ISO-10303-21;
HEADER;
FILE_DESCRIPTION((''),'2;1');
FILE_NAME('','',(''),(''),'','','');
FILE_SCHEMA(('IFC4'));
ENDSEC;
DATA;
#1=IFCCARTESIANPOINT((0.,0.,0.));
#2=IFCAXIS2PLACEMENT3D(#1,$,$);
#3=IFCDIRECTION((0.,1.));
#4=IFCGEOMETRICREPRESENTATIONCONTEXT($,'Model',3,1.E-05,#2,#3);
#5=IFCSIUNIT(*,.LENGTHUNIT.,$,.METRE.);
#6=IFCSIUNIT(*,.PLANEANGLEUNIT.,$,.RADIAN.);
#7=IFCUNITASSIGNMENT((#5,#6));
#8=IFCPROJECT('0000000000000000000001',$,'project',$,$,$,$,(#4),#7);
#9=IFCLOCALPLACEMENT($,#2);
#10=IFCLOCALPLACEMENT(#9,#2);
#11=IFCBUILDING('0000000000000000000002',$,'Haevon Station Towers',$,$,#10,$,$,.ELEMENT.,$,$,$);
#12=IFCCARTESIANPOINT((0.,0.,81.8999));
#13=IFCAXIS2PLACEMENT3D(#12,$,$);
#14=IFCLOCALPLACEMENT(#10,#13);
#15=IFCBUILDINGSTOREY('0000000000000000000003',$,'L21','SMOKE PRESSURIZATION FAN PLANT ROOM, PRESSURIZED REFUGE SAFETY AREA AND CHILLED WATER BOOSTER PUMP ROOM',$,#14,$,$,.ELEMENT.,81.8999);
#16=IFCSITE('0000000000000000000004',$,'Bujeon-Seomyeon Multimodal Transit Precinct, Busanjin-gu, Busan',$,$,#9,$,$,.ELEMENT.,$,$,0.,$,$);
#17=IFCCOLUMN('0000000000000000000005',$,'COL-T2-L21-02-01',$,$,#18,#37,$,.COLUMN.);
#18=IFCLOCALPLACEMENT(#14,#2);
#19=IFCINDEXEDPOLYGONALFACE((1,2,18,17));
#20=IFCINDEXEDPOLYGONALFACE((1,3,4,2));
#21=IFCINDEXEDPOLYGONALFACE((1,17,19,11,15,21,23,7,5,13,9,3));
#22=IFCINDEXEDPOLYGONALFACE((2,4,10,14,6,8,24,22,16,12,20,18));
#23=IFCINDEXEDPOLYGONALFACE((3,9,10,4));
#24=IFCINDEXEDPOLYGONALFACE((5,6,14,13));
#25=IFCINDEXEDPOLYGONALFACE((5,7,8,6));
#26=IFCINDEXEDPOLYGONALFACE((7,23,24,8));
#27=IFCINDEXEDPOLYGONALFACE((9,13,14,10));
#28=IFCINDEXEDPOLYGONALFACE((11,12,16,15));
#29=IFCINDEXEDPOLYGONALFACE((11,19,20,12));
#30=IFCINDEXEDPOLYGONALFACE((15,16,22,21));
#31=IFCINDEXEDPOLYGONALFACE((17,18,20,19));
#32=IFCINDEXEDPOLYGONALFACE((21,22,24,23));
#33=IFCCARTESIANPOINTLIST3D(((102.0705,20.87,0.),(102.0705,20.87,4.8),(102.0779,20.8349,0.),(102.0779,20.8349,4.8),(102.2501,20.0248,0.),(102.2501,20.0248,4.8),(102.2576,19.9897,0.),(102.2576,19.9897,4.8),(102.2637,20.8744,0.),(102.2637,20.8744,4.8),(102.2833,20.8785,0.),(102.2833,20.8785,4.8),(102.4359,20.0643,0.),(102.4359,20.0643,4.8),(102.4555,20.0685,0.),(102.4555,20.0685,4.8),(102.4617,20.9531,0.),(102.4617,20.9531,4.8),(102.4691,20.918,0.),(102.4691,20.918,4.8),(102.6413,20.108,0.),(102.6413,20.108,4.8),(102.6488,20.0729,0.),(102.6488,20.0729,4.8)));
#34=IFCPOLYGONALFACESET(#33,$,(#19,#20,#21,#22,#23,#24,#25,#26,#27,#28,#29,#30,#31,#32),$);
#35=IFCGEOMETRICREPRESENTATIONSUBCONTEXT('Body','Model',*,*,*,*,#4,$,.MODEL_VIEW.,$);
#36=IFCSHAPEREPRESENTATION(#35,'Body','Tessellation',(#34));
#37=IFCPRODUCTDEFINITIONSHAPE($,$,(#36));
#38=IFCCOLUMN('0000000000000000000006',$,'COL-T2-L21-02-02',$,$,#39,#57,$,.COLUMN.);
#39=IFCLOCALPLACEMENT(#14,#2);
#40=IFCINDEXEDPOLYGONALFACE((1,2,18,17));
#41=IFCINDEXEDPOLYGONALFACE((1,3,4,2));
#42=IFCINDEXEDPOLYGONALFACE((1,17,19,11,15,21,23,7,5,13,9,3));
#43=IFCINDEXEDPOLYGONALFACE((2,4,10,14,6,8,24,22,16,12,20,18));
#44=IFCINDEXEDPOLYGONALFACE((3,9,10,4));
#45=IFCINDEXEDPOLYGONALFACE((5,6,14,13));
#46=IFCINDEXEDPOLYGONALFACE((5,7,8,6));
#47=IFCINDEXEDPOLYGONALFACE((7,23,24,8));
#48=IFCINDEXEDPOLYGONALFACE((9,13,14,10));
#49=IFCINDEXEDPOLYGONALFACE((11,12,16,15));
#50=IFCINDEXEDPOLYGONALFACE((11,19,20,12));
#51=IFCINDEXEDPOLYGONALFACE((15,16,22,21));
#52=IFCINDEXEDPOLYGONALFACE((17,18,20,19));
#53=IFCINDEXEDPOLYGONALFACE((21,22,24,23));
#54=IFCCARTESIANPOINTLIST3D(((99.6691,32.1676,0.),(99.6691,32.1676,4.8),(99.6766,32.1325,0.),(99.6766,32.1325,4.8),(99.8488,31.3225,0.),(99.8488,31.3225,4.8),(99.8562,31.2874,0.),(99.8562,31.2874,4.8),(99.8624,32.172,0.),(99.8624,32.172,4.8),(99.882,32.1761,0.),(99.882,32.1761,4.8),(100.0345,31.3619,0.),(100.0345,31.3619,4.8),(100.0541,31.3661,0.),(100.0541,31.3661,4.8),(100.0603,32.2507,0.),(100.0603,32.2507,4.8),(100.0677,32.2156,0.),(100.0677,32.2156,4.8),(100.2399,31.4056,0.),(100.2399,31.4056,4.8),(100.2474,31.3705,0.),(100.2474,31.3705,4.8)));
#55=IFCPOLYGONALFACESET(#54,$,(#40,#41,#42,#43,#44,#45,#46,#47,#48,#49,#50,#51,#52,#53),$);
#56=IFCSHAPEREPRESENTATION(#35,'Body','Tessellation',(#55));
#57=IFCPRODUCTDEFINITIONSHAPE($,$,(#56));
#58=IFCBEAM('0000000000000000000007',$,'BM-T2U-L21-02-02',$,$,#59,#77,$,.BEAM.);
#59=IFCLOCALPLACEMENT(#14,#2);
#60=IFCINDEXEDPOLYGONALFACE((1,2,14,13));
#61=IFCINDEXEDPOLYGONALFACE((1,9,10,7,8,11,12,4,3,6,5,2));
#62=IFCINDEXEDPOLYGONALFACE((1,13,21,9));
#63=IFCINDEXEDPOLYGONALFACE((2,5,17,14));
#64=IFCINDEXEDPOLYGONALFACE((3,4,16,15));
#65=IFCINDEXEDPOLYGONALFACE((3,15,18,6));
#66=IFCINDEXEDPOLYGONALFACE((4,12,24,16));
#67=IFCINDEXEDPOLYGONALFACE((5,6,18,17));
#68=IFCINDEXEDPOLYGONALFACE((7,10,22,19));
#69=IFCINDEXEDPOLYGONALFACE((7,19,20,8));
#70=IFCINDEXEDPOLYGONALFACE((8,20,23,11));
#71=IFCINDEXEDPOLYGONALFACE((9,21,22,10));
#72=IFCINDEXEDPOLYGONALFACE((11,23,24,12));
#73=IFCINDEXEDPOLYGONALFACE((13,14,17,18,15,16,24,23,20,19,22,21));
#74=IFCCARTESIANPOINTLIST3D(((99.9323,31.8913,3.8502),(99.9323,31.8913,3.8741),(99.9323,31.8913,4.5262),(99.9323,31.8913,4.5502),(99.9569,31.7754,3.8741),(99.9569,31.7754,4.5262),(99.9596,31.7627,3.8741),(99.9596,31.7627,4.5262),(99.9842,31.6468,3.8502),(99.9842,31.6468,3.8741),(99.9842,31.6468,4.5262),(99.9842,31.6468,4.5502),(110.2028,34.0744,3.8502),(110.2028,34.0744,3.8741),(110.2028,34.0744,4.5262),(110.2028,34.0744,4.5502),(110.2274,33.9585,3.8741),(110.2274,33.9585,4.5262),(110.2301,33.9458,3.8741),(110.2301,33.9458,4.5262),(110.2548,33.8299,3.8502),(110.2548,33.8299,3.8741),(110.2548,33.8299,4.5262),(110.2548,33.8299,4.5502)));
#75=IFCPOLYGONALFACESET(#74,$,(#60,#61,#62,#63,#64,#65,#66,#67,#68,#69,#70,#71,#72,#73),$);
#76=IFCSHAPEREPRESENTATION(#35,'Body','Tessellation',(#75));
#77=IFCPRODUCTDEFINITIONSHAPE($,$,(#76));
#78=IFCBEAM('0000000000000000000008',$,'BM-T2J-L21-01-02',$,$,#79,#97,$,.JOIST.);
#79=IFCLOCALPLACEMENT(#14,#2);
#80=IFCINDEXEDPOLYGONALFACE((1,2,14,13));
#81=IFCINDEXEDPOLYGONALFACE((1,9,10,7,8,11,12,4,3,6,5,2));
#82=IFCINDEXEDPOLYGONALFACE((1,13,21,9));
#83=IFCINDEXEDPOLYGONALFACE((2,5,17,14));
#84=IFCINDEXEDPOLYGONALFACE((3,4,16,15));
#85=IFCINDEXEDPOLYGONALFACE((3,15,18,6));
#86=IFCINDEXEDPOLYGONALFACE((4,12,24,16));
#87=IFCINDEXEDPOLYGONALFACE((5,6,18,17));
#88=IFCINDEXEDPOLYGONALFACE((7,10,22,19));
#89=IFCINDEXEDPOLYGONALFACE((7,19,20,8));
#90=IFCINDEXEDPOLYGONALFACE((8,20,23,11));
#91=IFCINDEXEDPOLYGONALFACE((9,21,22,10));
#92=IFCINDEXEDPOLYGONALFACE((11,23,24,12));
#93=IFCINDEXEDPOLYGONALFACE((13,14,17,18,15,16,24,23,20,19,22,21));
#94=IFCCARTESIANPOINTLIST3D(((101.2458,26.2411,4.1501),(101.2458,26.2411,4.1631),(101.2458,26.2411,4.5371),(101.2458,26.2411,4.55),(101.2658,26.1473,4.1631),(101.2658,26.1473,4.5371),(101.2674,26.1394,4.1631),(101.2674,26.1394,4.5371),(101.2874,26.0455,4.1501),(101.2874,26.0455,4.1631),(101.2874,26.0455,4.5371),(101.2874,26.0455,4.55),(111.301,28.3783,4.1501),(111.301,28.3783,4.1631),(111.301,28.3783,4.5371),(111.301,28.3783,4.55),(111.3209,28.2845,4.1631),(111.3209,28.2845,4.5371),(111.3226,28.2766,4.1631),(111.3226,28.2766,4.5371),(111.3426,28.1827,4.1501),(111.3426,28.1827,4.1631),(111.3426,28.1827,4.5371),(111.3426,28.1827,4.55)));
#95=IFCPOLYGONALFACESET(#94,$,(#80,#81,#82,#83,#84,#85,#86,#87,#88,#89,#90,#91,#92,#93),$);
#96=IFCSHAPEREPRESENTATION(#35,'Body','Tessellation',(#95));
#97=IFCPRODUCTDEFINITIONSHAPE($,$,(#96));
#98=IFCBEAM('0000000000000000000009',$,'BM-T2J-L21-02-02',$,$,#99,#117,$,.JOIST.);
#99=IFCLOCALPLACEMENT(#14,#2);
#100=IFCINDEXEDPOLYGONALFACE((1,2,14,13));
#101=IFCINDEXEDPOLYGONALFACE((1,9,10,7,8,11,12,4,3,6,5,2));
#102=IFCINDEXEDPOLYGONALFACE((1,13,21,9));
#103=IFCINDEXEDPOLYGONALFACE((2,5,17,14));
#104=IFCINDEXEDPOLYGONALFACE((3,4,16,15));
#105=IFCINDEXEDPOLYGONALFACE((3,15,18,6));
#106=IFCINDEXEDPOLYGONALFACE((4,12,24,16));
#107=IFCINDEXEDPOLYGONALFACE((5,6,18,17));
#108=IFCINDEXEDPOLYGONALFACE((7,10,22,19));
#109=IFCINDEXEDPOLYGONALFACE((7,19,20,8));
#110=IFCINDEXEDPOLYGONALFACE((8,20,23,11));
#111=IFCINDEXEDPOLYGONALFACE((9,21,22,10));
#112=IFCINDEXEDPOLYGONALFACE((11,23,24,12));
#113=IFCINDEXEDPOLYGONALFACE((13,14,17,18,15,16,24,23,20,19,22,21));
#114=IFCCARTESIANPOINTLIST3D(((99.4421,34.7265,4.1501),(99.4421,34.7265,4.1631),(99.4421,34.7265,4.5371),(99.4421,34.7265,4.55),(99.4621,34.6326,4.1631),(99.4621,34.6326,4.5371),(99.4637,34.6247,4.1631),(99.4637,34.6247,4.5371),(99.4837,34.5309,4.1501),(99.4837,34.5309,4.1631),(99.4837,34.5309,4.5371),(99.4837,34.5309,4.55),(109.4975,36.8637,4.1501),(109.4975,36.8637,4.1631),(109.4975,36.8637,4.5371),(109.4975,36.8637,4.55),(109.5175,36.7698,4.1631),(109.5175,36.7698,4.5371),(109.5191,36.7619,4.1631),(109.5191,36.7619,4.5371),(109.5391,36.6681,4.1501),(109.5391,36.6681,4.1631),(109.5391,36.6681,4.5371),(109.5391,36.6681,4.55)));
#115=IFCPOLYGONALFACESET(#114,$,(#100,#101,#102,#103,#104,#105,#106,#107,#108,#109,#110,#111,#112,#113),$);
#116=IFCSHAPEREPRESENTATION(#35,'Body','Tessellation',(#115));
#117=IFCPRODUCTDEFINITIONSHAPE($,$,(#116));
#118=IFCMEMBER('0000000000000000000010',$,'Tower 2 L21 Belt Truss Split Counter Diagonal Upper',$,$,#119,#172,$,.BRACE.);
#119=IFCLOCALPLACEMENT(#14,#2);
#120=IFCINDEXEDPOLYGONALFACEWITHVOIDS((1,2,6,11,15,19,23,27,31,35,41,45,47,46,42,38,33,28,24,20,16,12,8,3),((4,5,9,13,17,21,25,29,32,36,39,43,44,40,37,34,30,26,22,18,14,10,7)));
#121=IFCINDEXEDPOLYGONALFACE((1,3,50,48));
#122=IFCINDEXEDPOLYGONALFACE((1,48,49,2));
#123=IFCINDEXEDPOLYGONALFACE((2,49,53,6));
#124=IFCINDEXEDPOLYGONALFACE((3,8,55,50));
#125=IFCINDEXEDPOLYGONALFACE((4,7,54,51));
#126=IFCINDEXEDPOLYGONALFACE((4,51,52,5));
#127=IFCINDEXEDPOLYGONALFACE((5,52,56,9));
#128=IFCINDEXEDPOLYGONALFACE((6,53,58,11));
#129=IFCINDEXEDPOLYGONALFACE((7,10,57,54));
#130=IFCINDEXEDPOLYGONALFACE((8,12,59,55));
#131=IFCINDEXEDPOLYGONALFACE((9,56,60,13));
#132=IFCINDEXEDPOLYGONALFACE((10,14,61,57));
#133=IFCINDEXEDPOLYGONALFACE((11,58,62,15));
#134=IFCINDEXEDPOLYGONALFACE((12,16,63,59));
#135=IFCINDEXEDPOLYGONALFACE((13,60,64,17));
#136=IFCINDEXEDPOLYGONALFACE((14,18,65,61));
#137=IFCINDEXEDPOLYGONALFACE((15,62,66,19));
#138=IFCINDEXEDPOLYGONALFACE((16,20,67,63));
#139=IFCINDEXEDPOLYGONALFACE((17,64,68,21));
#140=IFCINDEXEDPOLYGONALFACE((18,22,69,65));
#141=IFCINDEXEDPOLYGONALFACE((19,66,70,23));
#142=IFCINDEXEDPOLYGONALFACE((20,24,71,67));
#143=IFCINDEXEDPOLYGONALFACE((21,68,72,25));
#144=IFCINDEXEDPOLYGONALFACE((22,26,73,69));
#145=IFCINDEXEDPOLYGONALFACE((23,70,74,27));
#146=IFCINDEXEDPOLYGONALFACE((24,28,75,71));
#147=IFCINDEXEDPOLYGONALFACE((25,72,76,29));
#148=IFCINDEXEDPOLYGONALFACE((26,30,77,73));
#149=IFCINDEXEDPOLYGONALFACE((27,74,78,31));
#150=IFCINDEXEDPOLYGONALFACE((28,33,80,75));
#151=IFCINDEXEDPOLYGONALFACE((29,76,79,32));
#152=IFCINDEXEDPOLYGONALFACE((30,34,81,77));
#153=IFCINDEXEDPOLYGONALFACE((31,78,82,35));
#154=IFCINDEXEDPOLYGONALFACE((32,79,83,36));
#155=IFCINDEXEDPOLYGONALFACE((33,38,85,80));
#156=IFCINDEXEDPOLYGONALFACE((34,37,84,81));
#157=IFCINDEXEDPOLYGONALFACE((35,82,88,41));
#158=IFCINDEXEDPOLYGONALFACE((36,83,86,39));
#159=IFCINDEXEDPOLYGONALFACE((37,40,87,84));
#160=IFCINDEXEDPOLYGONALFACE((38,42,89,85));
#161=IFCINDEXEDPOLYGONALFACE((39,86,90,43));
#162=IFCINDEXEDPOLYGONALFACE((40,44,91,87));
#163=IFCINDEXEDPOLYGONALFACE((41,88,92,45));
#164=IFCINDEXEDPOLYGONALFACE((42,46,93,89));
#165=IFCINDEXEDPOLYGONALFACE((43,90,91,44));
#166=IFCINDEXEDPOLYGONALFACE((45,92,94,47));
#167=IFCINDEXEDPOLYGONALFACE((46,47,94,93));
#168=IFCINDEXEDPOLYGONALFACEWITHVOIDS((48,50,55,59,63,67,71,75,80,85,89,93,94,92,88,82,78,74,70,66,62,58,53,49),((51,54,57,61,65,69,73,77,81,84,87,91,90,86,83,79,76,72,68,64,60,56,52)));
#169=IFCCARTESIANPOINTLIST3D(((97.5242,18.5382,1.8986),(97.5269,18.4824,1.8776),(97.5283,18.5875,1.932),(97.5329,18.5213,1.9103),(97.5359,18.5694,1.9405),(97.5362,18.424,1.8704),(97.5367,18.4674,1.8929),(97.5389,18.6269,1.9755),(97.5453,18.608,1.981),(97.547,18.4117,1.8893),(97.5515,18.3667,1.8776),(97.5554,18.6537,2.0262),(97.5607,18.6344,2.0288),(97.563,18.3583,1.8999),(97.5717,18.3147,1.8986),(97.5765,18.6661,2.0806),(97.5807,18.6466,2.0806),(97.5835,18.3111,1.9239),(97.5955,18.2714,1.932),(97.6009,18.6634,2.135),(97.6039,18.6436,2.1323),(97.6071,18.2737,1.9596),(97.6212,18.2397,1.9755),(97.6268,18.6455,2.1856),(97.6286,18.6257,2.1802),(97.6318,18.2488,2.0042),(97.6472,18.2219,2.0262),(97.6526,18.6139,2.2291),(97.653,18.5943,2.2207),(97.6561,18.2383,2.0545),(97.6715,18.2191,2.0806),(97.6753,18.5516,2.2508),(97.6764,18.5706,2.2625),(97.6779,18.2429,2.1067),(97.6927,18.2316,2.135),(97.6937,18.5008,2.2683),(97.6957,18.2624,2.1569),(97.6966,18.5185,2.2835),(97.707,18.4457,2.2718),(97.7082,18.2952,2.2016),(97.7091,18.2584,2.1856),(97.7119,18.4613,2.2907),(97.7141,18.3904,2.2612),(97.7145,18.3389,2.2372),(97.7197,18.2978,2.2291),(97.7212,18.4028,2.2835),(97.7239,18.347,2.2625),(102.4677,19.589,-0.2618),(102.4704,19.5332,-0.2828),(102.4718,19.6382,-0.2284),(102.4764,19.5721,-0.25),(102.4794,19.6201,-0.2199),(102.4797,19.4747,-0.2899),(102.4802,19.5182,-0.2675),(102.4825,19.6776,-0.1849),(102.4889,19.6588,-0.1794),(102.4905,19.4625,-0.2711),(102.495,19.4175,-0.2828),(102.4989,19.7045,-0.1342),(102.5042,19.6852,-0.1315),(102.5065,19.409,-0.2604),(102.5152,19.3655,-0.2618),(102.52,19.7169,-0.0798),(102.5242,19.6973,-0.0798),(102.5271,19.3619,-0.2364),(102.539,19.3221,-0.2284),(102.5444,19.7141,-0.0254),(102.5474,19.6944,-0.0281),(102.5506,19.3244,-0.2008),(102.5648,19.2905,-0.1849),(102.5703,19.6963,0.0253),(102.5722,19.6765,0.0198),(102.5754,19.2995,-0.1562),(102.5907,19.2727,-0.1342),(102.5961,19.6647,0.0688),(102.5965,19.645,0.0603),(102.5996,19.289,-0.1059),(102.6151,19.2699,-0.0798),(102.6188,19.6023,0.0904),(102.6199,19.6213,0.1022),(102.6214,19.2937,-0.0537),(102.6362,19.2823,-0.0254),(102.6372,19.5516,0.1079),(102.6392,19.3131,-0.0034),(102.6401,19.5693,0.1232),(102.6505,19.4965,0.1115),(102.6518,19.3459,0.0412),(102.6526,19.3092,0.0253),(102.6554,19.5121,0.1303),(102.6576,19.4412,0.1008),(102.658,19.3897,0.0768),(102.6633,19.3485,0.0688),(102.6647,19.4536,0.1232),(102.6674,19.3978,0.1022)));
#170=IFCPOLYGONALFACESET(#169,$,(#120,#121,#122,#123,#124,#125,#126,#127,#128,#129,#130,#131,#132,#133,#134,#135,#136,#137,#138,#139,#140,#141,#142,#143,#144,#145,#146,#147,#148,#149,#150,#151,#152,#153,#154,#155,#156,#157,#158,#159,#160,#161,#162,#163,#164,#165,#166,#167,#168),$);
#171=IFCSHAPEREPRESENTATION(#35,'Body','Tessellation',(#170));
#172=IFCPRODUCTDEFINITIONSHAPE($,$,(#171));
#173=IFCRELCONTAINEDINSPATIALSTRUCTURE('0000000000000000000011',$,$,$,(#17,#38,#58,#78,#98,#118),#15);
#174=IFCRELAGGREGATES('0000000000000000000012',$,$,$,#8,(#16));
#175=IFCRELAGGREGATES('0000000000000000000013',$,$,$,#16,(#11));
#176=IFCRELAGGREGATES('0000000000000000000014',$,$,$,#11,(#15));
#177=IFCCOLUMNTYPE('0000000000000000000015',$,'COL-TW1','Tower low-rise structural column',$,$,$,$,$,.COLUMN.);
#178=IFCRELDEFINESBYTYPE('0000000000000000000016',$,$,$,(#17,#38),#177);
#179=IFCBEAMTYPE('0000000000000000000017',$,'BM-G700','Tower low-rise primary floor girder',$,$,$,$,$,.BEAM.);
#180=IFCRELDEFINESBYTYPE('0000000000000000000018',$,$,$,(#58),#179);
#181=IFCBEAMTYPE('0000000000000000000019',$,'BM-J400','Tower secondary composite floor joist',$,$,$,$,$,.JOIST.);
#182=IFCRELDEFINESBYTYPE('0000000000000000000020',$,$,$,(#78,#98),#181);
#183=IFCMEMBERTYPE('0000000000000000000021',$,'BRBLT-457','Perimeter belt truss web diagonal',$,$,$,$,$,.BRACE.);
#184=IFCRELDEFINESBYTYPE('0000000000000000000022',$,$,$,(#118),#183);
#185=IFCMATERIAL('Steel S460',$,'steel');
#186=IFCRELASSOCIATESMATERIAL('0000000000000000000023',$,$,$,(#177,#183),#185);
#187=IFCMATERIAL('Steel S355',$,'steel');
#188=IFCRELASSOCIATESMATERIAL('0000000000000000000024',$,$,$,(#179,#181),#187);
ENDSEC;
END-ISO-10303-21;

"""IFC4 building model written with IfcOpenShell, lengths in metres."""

from ifc_helpers import new_model, si_unit, direction, frame, origin, origin_2d, place, context, subcontext, project, spatial, hollow_circle, i_section, extrude, material, material_profile, profile_set, type_object, element, save


model = new_model("IFC4")

# Units and contexts
model_context = context("Model", 3, precision=1e-05, world=origin(), true_north=direction((0.0, 1.0)))
body_context = subcontext(model_context, "Body", "Model", "MODEL_VIEW")
ifc_project = project(units=[si_unit("LENGTHUNIT", "METRE"), si_unit("PLANEANGLEUNIT", "RADIAN")], contexts=[model_context])

# Site, building, storey
site_placement = place(None, origin())
site = spatial("IfcSite", under=ifc_project, at=site_placement, Name="Bujeon-Seomyeon Multimodal Transit Precinct, Busanjin-gu, Busan", CompositionType="ELEMENT", RefElevation=0.0)
building_placement = place(site_placement, origin())
building = spatial("IfcBuilding", under=site, at=building_placement, Name="Haevon Station Towers", CompositionType="ELEMENT")
storey_placement = place(building_placement, frame((0.0, 0.0, 81.8999)))
storey = spatial("IfcBuildingStorey", under=building, at=storey_placement, Name="L21", Description="SMOKE PRESSURIZATION FAN PLANT ROOM, PRESSURIZED REFUGE SAFETY AREA AND CHILLED WATER BOOSTER PUMP ROOM", CompositionType="ELEMENT", Elevation=81.8999)

# Columns
ifc_material_1 = material(Name="Steel S460", Category="steel")
ifc_material_profile_1 = material_profile(ifc_material_1, i_section(OverallWidth=0.3999, OverallDepth=0.8999, WebThickness=0.02, FlangeThickness=0.0359, at=origin_2d()), Name="H-900x400x20x36")
ifc_profile_set_1 = profile_set([ifc_material_profile_1], Name="Steel S460")
column_type = type_object("IfcColumnType", Name="COL-TW1", Description="Tower low-rise structural column", PredefinedType="COLUMN", material=ifc_profile_set_1)
for number, where, z_axis, x_axis, name in (
    (1, (102.3596, 20.4714, 0.0), (0.0, 0.0, 1.0), (0.978148, 0.207912, 0.0), "COL-T2-L21-02-01"),
    (2, (99.9583, 31.769, 0.0), (0.0, 0.0, 1.0), (0.978148, 0.207912, 0.0), "COL-T2-L21-02-02"),
):
    element("IfcColumn", number, at=place(storey_placement, frame(where, z_axis=z_axis, x_axis=x_axis)), inside=storey, type_object=column_type, Name=name, PredefinedType="COLUMN", context=body_context, shape_type="SweptSolid", body=[
        extrude(i_section(OverallWidth=0.3999, OverallDepth=0.8999, WebThickness=0.02, FlangeThickness=0.0359, at=origin_2d()), origin(), (0.0, 0.0, 1.0), 4.8),
    ])

# Beams
ifc_material_2 = material(Name="Steel S355", Category="steel")
ifc_material_profile_2 = material_profile(ifc_material_2, i_section(OverallWidth=0.25, OverallDepth=0.7, WebThickness=0.0129, FlangeThickness=0.0239, at=origin_2d()), Name="H-700x250x13x24")
ifc_profile_set_2 = profile_set([ifc_material_profile_2], Name="Steel S355")
beam_type_1 = type_object("IfcBeamType", Name="BM-G700", Description="Tower low-rise primary floor girder", PredefinedType="BEAM", material=ifc_profile_set_2)
beam_1_placement = place(storey_placement, frame((99.9583, 31.769, 4.2002), z_axis=(0.978147, 0.207915, 0.0), x_axis=(-0.207915, 0.978147, 0.0)))
element("IfcBeam", 3, at=beam_1_placement, inside=storey, type_object=beam_type_1, Name="BM-T2U-L21-02-02", PredefinedType="BEAM", context=body_context, shape_type="SweptSolid", body=[
    extrude(i_section(OverallWidth=0.25, OverallDepth=0.7, WebThickness=0.0129, FlangeThickness=0.0239, at=origin_2d()), origin(), (0.0, 0.0, 1.0), 10.5),
])
ifc_material_profile_3 = material_profile(ifc_material_2, i_section(OverallWidth=0.2, OverallDepth=0.3999, WebThickness=0.0081, FlangeThickness=0.0129, at=origin_2d()), Name="H-400x200x8x13")
ifc_profile_set_3 = profile_set([ifc_material_profile_3], Name="Steel S355")
beam_type_2 = type_object("IfcBeamType", Name="BM-J400", Description="Tower secondary composite floor joist", PredefinedType="JOIST", material=ifc_profile_set_3)
beam_2_placement = place(storey_placement, frame((101.2666, 26.1433, 4.3501), z_axis=(0.978149, 0.207904, 0.0), x_axis=(-0.207904, 0.978149, 0.0)))
element("IfcBeam", 4, at=beam_2_placement, inside=storey, type_object=beam_type_2, Name="BM-T2J-L21-01-02", PredefinedType="JOIST", context=body_context, shape_type="SweptSolid", body=[
    extrude(i_section(OverallWidth=0.2, OverallDepth=0.3999, WebThickness=0.0081, FlangeThickness=0.0129, at=origin_2d()), origin(), (0.0, 0.0, 1.0), 10.2798),
])
beam_3_placement = place(storey_placement, frame((99.4629, 34.6287, 4.3501), z_axis=(0.97815, 0.207899, 0.0), x_axis=(-0.207899, 0.97815, 0.0)))
element("IfcBeam", 5, at=beam_3_placement, inside=storey, type_object=beam_type_2, Name="BM-T2J-L21-02-02", PredefinedType="JOIST", context=body_context, shape_type="SweptSolid", body=[
    extrude(i_section(OverallWidth=0.2, OverallDepth=0.3999, WebThickness=0.0081, FlangeThickness=0.0129, at=origin_2d()), origin(), (0.0, 0.0, 1.0), 10.28),
])

# Member
ifc_material_profile_4 = material_profile(ifc_material_1, hollow_circle(Radius=0.2285, WallThickness=0.02, at=origin_2d()), Name="CHS-457x20")
ifc_profile_set_4 = profile_set([ifc_material_profile_4], Name="Steel S460")
member_type_1 = type_object("IfcMemberType", Name="BRBLT-457", Description="Perimeter belt truss web diagonal", PredefinedType="BRACE", material=ifc_profile_set_4)
member_1_placement = place(storey_placement, frame((97.624, 18.4426, 2.0806), z_axis=(0.899422, 0.191175, -0.393056), x_axis=(-0.207909, 0.978148, 0.0)))
element("IfcMember", 6, at=member_1_placement, inside=storey, type_object=member_type_1, Name="Tower 2 L21 Belt Truss Split Counter Diagonal Upper", PredefinedType="BRACE", context=body_context, shape_type="SweptSolid", body=[
    extrude(hollow_circle(Radius=0.2285, WallThickness=0.02, at=origin_2d()), origin(), (0.0, 0.0, 1.0), 5.4963),
])

save(model, "model.ifc")
